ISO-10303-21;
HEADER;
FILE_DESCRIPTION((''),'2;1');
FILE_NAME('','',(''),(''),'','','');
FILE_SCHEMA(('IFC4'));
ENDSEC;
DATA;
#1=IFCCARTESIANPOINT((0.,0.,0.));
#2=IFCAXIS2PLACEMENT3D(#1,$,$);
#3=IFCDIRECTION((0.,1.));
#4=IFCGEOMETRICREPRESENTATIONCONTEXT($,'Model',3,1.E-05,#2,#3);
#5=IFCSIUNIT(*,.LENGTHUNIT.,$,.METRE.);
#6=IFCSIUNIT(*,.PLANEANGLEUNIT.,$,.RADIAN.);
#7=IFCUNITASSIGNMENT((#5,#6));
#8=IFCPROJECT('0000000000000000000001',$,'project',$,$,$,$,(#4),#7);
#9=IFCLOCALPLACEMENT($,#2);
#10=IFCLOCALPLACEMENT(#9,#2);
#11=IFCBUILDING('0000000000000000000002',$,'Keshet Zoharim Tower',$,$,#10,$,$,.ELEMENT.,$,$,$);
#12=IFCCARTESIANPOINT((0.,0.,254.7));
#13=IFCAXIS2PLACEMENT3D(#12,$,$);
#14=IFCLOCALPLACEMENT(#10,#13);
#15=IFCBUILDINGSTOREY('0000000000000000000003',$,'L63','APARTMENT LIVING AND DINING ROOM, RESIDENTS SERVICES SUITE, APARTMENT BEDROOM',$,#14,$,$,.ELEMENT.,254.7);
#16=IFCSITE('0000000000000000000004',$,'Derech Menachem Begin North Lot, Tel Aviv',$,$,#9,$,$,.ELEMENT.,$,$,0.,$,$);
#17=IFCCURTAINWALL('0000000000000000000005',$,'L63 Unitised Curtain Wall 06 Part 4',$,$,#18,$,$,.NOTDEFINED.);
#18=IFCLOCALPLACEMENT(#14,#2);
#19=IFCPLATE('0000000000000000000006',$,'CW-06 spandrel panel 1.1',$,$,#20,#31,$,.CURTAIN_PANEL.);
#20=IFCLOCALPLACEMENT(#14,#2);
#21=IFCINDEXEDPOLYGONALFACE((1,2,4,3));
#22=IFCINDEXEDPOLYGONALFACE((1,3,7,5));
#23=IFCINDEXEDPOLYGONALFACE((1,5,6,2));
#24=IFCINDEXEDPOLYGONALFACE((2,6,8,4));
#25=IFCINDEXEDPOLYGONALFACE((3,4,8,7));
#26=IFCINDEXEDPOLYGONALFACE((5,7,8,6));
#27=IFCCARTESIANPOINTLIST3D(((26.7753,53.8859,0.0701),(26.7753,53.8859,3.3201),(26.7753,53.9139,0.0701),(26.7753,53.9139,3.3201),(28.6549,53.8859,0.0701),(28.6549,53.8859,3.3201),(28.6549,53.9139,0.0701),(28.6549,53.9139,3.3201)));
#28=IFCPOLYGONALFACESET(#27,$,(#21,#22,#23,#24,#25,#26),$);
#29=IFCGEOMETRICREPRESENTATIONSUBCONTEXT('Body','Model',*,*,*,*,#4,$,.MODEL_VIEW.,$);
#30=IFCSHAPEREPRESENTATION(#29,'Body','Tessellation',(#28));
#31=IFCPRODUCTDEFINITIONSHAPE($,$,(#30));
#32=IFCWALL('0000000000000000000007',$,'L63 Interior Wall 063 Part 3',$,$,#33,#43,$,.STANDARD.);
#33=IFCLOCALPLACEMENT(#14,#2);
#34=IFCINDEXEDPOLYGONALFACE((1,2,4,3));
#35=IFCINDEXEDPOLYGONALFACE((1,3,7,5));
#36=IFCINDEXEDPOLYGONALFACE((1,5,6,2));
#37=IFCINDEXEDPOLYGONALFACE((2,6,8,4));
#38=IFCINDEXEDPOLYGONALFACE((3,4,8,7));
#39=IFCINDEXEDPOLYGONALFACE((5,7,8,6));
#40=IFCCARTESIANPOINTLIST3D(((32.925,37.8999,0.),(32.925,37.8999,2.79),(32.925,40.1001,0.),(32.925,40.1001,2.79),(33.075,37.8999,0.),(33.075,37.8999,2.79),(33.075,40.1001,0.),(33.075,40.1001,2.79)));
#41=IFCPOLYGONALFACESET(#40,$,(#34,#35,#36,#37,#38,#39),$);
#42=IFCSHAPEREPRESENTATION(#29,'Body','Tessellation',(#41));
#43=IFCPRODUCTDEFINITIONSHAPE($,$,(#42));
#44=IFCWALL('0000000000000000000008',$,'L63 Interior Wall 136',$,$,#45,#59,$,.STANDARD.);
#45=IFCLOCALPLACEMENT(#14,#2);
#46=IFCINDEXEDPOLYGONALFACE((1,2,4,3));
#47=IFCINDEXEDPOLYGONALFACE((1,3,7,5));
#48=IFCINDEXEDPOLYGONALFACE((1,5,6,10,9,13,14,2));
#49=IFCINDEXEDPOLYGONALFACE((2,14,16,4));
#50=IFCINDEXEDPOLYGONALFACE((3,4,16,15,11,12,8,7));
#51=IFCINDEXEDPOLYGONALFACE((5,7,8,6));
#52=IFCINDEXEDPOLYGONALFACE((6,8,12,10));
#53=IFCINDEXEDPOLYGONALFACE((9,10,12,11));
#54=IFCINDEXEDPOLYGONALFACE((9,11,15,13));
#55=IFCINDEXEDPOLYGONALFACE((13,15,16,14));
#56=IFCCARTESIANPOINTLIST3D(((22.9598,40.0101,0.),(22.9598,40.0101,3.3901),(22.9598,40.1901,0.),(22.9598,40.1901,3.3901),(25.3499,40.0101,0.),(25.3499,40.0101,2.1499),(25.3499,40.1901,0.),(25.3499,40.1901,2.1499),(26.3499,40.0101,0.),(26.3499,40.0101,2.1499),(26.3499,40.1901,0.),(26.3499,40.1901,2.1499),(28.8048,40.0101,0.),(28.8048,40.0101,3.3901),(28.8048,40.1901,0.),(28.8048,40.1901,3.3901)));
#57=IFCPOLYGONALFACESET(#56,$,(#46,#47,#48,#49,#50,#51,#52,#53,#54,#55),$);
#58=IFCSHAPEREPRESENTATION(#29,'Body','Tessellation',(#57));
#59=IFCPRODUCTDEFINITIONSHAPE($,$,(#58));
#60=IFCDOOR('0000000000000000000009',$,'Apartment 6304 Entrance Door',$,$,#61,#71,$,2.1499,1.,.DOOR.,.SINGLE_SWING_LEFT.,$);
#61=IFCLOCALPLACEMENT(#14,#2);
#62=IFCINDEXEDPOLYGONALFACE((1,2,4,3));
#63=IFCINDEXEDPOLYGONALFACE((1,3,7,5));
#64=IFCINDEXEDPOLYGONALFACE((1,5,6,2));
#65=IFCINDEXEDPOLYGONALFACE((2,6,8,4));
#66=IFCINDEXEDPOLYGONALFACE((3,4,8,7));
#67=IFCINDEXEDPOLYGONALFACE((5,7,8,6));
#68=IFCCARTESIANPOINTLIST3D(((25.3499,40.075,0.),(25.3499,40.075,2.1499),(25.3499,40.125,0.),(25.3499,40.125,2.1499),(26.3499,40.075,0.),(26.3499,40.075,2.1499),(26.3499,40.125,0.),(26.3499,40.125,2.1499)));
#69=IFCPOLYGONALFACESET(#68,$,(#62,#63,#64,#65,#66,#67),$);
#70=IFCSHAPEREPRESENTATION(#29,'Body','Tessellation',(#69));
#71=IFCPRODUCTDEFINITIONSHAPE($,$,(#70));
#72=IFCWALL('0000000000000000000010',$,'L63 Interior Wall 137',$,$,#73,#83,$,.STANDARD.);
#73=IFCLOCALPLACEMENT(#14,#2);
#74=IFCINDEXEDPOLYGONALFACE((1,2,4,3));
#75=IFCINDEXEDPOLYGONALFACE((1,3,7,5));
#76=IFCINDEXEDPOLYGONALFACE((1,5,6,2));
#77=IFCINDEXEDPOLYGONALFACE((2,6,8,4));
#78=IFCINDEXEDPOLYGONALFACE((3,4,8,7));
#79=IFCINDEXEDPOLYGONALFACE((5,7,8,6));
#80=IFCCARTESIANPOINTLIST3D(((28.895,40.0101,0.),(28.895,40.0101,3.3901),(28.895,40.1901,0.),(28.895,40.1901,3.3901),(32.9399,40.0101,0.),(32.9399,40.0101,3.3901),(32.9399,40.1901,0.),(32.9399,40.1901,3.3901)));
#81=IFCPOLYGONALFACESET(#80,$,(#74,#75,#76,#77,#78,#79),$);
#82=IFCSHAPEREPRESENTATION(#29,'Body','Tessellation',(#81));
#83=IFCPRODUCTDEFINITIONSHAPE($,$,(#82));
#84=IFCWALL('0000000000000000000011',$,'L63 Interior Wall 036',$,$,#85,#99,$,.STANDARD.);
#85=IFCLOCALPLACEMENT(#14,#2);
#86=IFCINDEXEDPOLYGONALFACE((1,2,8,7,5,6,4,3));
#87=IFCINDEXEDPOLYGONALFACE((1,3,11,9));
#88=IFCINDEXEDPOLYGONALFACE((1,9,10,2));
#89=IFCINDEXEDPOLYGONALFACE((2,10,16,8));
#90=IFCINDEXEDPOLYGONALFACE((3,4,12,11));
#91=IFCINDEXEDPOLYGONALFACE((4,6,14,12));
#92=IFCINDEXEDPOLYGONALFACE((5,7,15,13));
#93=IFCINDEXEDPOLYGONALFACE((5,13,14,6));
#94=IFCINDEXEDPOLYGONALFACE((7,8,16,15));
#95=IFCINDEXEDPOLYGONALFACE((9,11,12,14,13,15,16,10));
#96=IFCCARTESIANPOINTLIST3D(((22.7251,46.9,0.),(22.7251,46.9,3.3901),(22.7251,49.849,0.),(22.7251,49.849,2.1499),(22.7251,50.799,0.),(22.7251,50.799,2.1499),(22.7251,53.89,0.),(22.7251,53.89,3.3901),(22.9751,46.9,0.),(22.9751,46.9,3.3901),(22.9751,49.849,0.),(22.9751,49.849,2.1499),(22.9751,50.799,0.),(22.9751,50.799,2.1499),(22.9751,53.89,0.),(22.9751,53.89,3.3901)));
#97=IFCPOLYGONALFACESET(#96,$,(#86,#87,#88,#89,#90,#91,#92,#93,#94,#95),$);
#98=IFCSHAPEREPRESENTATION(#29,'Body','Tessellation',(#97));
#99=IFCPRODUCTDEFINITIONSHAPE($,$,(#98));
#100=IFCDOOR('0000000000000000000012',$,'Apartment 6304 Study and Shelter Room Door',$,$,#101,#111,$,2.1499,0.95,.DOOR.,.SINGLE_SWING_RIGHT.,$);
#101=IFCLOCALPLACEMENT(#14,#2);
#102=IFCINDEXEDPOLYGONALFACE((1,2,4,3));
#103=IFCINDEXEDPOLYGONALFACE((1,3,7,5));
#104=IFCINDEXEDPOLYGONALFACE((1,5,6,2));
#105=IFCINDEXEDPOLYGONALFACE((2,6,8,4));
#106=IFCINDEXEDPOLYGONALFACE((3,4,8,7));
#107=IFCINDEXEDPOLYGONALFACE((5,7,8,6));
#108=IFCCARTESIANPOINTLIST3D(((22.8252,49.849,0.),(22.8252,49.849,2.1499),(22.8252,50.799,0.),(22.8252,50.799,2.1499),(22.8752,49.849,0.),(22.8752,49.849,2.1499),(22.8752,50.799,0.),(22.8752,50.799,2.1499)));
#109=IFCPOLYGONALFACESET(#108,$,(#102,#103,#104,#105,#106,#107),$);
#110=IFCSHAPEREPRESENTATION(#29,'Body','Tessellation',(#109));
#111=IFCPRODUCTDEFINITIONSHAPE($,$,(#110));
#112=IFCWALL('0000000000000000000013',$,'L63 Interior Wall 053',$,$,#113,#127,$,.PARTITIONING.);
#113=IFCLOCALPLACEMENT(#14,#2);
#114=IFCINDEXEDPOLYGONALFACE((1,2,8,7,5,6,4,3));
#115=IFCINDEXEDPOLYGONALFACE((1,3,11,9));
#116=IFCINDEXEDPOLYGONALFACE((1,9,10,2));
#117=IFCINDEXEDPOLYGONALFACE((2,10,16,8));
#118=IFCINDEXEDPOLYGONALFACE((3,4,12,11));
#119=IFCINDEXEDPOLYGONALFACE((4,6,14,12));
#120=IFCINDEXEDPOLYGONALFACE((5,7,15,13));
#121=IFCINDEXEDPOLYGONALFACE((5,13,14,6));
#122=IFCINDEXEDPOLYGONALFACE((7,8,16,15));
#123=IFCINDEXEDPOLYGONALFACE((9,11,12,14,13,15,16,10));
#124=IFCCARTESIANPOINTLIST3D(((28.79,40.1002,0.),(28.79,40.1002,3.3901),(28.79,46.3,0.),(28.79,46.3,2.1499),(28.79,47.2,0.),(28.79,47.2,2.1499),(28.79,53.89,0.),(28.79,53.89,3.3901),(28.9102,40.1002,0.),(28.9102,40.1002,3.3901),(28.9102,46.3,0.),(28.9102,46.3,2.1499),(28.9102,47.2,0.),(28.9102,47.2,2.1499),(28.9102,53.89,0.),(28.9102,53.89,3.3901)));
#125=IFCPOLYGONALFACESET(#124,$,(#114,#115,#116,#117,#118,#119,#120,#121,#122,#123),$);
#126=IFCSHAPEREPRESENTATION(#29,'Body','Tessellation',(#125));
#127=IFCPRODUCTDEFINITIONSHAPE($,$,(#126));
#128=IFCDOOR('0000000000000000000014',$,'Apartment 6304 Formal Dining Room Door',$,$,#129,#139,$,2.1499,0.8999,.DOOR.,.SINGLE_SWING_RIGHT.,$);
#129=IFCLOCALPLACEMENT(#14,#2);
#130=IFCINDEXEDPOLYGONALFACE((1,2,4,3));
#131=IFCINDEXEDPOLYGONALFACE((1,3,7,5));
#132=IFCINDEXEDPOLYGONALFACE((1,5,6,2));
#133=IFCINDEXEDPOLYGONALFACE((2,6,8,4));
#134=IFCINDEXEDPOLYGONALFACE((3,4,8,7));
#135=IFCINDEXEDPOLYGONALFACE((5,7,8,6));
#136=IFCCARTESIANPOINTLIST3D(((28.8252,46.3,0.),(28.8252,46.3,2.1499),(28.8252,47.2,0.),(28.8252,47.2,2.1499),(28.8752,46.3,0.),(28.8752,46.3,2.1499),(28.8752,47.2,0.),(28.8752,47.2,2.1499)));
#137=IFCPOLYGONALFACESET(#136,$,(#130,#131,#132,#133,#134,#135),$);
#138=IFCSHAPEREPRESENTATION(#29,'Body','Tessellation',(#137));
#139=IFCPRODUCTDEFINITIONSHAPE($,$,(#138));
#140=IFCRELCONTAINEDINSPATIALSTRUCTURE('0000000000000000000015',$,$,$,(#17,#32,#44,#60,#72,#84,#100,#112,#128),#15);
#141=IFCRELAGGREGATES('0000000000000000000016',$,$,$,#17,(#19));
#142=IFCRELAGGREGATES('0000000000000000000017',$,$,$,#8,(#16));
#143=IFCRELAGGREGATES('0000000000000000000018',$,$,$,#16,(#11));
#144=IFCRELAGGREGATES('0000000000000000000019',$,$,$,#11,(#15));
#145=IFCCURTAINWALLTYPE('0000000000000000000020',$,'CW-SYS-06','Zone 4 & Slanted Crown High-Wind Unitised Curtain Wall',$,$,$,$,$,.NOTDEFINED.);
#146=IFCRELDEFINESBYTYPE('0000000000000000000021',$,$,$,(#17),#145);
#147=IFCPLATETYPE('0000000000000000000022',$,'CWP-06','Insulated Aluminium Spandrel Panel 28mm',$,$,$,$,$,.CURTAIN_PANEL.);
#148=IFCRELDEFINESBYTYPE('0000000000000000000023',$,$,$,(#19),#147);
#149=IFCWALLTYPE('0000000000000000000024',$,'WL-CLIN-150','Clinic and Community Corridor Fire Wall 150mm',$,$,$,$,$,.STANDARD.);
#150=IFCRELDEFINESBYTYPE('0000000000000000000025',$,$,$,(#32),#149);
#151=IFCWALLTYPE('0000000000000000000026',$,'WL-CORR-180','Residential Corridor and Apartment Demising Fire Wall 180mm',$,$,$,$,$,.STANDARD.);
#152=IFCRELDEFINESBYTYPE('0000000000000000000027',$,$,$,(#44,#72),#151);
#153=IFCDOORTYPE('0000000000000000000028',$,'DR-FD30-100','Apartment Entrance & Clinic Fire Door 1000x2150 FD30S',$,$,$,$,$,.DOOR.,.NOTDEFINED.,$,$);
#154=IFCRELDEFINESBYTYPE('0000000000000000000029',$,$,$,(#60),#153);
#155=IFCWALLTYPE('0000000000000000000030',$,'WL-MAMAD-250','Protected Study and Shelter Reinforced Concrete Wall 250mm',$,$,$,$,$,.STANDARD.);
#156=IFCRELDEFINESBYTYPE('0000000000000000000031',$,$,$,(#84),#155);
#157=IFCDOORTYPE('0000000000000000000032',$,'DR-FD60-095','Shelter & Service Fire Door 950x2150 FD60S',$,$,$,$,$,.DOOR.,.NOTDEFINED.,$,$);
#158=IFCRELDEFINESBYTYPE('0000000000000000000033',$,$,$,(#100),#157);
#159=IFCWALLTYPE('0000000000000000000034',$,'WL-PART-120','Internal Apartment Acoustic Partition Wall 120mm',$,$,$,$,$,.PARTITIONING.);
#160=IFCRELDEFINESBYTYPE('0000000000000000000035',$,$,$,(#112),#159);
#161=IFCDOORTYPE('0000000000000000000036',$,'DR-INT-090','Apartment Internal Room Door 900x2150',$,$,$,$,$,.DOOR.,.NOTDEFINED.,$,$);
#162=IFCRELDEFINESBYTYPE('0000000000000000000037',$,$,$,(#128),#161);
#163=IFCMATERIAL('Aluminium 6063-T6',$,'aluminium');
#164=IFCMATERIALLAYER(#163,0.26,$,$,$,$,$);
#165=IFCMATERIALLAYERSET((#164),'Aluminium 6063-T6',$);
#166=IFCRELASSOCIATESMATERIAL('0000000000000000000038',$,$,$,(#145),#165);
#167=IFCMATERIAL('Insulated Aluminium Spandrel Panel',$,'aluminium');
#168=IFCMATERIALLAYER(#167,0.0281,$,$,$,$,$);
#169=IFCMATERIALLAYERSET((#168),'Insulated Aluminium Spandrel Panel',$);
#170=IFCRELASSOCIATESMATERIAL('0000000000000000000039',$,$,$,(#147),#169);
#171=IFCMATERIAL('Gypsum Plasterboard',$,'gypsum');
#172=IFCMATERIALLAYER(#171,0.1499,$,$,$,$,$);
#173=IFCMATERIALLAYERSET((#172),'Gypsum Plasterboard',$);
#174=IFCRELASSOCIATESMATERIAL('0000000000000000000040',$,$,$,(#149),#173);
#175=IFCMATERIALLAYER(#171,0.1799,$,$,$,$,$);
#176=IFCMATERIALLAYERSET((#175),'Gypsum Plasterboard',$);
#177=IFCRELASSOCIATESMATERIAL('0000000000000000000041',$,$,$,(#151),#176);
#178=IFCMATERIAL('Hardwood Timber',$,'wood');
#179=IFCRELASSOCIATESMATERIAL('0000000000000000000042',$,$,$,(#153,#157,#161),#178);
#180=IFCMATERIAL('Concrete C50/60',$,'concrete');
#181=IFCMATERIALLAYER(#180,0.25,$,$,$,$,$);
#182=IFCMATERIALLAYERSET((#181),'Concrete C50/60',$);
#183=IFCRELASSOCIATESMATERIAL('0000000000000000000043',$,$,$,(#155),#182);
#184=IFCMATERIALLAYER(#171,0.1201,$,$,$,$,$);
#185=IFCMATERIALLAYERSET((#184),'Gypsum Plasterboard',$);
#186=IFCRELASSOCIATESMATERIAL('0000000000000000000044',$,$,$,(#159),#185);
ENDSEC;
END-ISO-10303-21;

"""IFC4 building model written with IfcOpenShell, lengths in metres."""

from ifc_helpers import new_model, si_unit, direction, frame, frame_2d, origin, origin_2d, place, context, subcontext, project, spatial, rectangle, extrude, material, layer, layer_set, type_object, element, fill, aggregate, save


model = new_model("IFC4")

# Units and contexts
model_context = context("Model", 3, precision=1e-05, world=origin(), true_north=direction((0.0, 1.0)))
body_context = subcontext(model_context, "Body", "Model", "MODEL_VIEW")
ifc_project = project(units=[si_unit("LENGTHUNIT", "METRE"), si_unit("PLANEANGLEUNIT", "RADIAN")], contexts=[model_context])

# Site, building, storey
site_placement = place(None, origin())
site = spatial("IfcSite", under=ifc_project, at=site_placement, Name="Derech Menachem Begin North Lot, Tel Aviv", CompositionType="ELEMENT", RefElevation=0.0)
building_placement = place(site_placement, origin())
building = spatial("IfcBuilding", under=site, at=building_placement, Name="Keshet Zoharim Tower", CompositionType="ELEMENT")
storey_placement = place(building_placement, frame((0.0, 0.0, 254.7)))
storey = spatial("IfcBuildingStorey", under=building, at=storey_placement, Name="L63", Description="APARTMENT LIVING AND DINING ROOM, RESIDENTS SERVICES SUITE, APARTMENT BEDROOM", CompositionType="ELEMENT", Elevation=254.7)

# Shared definitions
ifc_material_1 = material(Name="Aluminium 6063-T6", Category="aluminium")
ifc_layer_1 = layer(ifc_material_1, 0.26)
ifc_layer_set_1 = layer_set([ifc_layer_1], Name="Aluminium 6063-T6")
curtain_wall_type = type_object("IfcCurtainWallType", Name="CW-SYS-06", Description="Zone 4 & Slanted Crown High-Wind Unitised Curtain Wall", PredefinedType="NOTDEFINED", material=ifc_layer_set_1)

# Curtain wall
curtain_wall_1_placement = place(storey_placement, origin())
curtain_wall_1 = element("IfcCurtainWall", 1, at=curtain_wall_1_placement, inside=storey, type_object=curtain_wall_type, Name="L63 Unitised Curtain Wall 06 Part 4", PredefinedType="NOTDEFINED")

# Plate
ifc_material_2 = material(Name="Insulated Aluminium Spandrel Panel", Category="aluminium")
ifc_layer_2 = layer(ifc_material_2, 0.0281)
ifc_layer_set_2 = layer_set([ifc_layer_2], Name="Insulated Aluminium Spandrel Panel")
plate_type_1 = type_object("IfcPlateType", Name="CWP-06", Description="Insulated Aluminium Spandrel Panel 28mm", PredefinedType="CURTAIN_PANEL", material=ifc_layer_set_2)
plate_1_placement = place(storey_placement, frame((27.7151, 53.8999, 0.0701), z_axis=(0.0, 0.0, 1.0), x_axis=(1.0, 0.0, 0.0)))
plate_1 = element("IfcPlate", 2, at=plate_1_placement, type_object=plate_type_1, Name="CW-06 spandrel panel 1.1", PredefinedType="CURTAIN_PANEL", context=body_context, shape_type="SweptSolid", body=[
    extrude(rectangle(XDim=1.8796, YDim=0.0281, at=origin_2d()), origin(), (0.0, 0.0, 1.0), 3.25),
])
aggregate(curtain_wall_1, [plate_1])

# Wall
ifc_material_3 = material(Name="Gypsum Plasterboard", Category="gypsum")
ifc_layer_3 = layer(ifc_material_3, 0.1499)
ifc_layer_set_3 = layer_set([ifc_layer_3], Name="Gypsum Plasterboard")
wall_type_1 = type_object("IfcWallType", Name="WL-CLIN-150", Description="Clinic and Community Corridor Fire Wall 150mm", PredefinedType="STANDARD", material=ifc_layer_set_3)
wall_1_placement = place(storey_placement, frame((33.0, 37.8999, 0.0), z_axis=(0.0, 0.0, 1.0), x_axis=(0.0, 1.0, 0.0)))
element("IfcWall", 3, at=wall_1_placement, inside=storey, type_object=wall_type_1, Name="L63 Interior Wall 063 Part 3", PredefinedType="STANDARD", context=body_context, shape_type="SweptSolid", body=[
    extrude(rectangle(XDim=2.2002, YDim=0.1499, at=frame_2d((1.1001, 0.0))), origin(), (0.0, 0.0, 1.0), 2.79),
])

# Wall, opening, door
ifc_layer_4 = layer(ifc_material_3, 0.1799)
ifc_layer_set_4 = layer_set([ifc_layer_4], Name="Gypsum Plasterboard")
wall_type_2 = type_object("IfcWallType", Name="WL-CORR-180", Description="Residential Corridor and Apartment Demising Fire Wall 180mm", PredefinedType="STANDARD", material=ifc_layer_set_4)
wall_2_placement = place(storey_placement, frame((22.96, 40.1001, 0.0), z_axis=(0.0, 0.0, 1.0), x_axis=(1.0, 0.0, 0.0)))
wall_2 = element("IfcWall", 4, at=wall_2_placement, inside=storey, type_object=wall_type_2, Name="L63 Interior Wall 136", PredefinedType="STANDARD", context=body_context, shape_type="SweptSolid", body=[
    extrude(rectangle(XDim=5.845, YDim=0.1799, at=frame_2d((2.9224, 0.0))), origin(), (0.0, 0.0, 1.0), 3.3901),
])
opening_1_placement = place(wall_2_placement, frame((2.3899, 0.0, 0.0)))
opening_1 = element("IfcOpeningElement", 5, at=opening_1_placement, cuts=wall_2, PredefinedType="OPENING", context=body_context, shape_type="SweptSolid", body=[
    extrude(rectangle(XDim=1.0, YDim=2.1499, at=frame_2d((0.5, 1.075))), frame((0.0, 0.1001, 0.0), z_axis=(0.0, -1.0, 0.0), x_axis=(1.0, 0.0, 0.0)), (0.0, 0.0, 1.0), 0.2),
])
ifc_material_4 = material(Name="Hardwood Timber", Category="wood")
door_type_1 = type_object("IfcDoorType", Name="DR-FD30-100", Description="Apartment Entrance & Clinic Fire Door 1000x2150 FD30S", OperationType="NOTDEFINED", PredefinedType="DOOR", material=ifc_material_4)
door_1_placement = place(opening_1_placement, origin())
door_1 = element("IfcDoor", 6, at=door_1_placement, inside=storey, type_object=door_type_1, Name="Apartment 6304 Entrance Door", OperationType="SINGLE_SWING_LEFT", OverallHeight=2.1499, OverallWidth=1.0, PredefinedType="DOOR", context=body_context, shape_type="SweptSolid", body=[
    extrude(rectangle(XDim=1.0, YDim=2.1499, at=frame_2d((0.5, 1.075))), frame((0.0, 0.0249, 0.0), z_axis=(0.0, -1.0, 0.0), x_axis=(1.0, 0.0, 0.0)), (0.0, 0.0, 1.0), 0.05),
])
fill(opening_1, door_1)

# Wall
wall_3_placement = place(storey_placement, frame((28.895, 40.1001, 0.0), z_axis=(0.0, 0.0, 1.0), x_axis=(1.0, 0.0, 0.0)))
element("IfcWall", 7, at=wall_3_placement, inside=storey, type_object=wall_type_2, Name="L63 Interior Wall 137", PredefinedType="STANDARD", context=body_context, shape_type="SweptSolid", body=[
    extrude(rectangle(XDim=4.0449, YDim=0.1799, at=frame_2d((2.0225, 0.0))), origin(), (0.0, 0.0, 1.0), 3.3901),
])

# Walls, openings, doors
ifc_material_5 = material(Name="Concrete C50/60", Category="concrete")
ifc_layer_5 = layer(ifc_material_5, 0.25)
ifc_layer_set_5 = layer_set([ifc_layer_5], Name="Concrete C50/60")
wall_type_3 = type_object("IfcWallType", Name="WL-MAMAD-250", Description="Protected Study and Shelter Reinforced Concrete Wall 250mm", PredefinedType="STANDARD", material=ifc_layer_set_5)
wall_4_placement = place(storey_placement, frame((22.8501, 46.8999, 0.0), z_axis=(0.0, 0.0, 1.0), x_axis=(0.0, 1.0, 0.0)))
wall_4 = element("IfcWall", 8, at=wall_4_placement, inside=storey, type_object=wall_type_3, Name="L63 Interior Wall 036", PredefinedType="STANDARD", context=body_context, shape_type="SweptSolid", body=[
    extrude(rectangle(XDim=6.99, YDim=0.25, at=frame_2d((3.4951, 0.0))), origin(), (0.0, 0.0, 1.0), 3.3901),
])
opening_2_placement = place(wall_4_placement, frame((2.949, 0.0, 0.0)))
opening_2 = element("IfcOpeningElement", 9, at=opening_2_placement, cuts=wall_4, PredefinedType="OPENING", context=body_context, shape_type="SweptSolid", body=[
    extrude(rectangle(XDim=0.95, YDim=2.1499, at=frame_2d((0.4751, 1.075))), frame((0.0, 0.135, 0.0), z_axis=(0.0, -1.0, 0.0), x_axis=(1.0, 0.0, 0.0)), (0.0, 0.0, 1.0), 0.27),
])
door_type_2 = type_object("IfcDoorType", Name="DR-FD60-095", Description="Shelter & Service Fire Door 950x2150 FD60S", OperationType="NOTDEFINED", PredefinedType="DOOR", material=ifc_material_4)
door_2_placement = place(opening_2_placement, origin())
door_2 = element("IfcDoor", 10, at=door_2_placement, inside=storey, type_object=door_type_2, Name="Apartment 6304 Study and Shelter Room Door", OperationType="SINGLE_SWING_RIGHT", OverallHeight=2.1499, OverallWidth=0.95, PredefinedType="DOOR", context=body_context, shape_type="SweptSolid", body=[
    extrude(rectangle(XDim=0.95, YDim=2.1499, at=frame_2d((0.4751, 1.075))), frame((0.0, 0.0249, 0.0), z_axis=(0.0, -1.0, 0.0), x_axis=(1.0, 0.0, 0.0)), (0.0, 0.0, 1.0), 0.05),
])
fill(opening_2, door_2)
ifc_layer_6 = layer(ifc_material_3, 0.1201)
ifc_layer_set_6 = layer_set([ifc_layer_6], Name="Gypsum Plasterboard")
wall_type_4 = type_object("IfcWallType", Name="WL-PART-120", Description="Internal Apartment Acoustic Partition Wall 120mm", PredefinedType="PARTITIONING", material=ifc_layer_set_6)
wall_5_placement = place(storey_placement, frame((28.8501, 40.1001, 0.0), z_axis=(0.0, 0.0, 1.0), x_axis=(0.0, 1.0, 0.0)))
wall_5 = element("IfcWall", 11, at=wall_5_placement, inside=storey, type_object=wall_type_4, Name="L63 Interior Wall 053", PredefinedType="PARTITIONING", context=body_context, shape_type="SweptSolid", body=[
    extrude(rectangle(XDim=13.7898, YDim=0.1201, at=frame_2d((6.895, 0.0))), origin(), (0.0, 0.0, 1.0), 3.3901),
])
opening_3_placement = place(wall_5_placement, frame((6.2, 0.0, 0.0)))
opening_3 = element("IfcOpeningElement", 12, at=opening_3_placement, cuts=wall_5, PredefinedType="OPENING", context=body_context, shape_type="SweptSolid", body=[
    extrude(rectangle(XDim=0.8999, YDim=2.1499, at=frame_2d((0.45, 1.075))), frame((0.0, 0.0701, 0.0), z_axis=(0.0, -1.0, 0.0), x_axis=(1.0, 0.0, 0.0)), (0.0, 0.0, 1.0), 0.1401),
])
door_type_3 = type_object("IfcDoorType", Name="DR-INT-090", Description="Apartment Internal Room Door 900x2150", OperationType="NOTDEFINED", PredefinedType="DOOR", material=ifc_material_4)
door_3_placement = place(opening_3_placement, origin())
door_3 = element("IfcDoor", 13, at=door_3_placement, inside=storey, type_object=door_type_3, Name="Apartment 6304 Formal Dining Room Door", OperationType="SINGLE_SWING_RIGHT", OverallHeight=2.1499, OverallWidth=0.8999, PredefinedType="DOOR", context=body_context, shape_type="SweptSolid", body=[
    extrude(rectangle(XDim=0.8999, YDim=2.1499, at=frame_2d((0.45, 1.075))), frame((0.0, 0.0249, 0.0), z_axis=(0.0, -1.0, 0.0), x_axis=(1.0, 0.0, 0.0)), (0.0, 0.0, 1.0), 0.05),
])
fill(opening_3, door_3)

save(model, "model.ifc")
